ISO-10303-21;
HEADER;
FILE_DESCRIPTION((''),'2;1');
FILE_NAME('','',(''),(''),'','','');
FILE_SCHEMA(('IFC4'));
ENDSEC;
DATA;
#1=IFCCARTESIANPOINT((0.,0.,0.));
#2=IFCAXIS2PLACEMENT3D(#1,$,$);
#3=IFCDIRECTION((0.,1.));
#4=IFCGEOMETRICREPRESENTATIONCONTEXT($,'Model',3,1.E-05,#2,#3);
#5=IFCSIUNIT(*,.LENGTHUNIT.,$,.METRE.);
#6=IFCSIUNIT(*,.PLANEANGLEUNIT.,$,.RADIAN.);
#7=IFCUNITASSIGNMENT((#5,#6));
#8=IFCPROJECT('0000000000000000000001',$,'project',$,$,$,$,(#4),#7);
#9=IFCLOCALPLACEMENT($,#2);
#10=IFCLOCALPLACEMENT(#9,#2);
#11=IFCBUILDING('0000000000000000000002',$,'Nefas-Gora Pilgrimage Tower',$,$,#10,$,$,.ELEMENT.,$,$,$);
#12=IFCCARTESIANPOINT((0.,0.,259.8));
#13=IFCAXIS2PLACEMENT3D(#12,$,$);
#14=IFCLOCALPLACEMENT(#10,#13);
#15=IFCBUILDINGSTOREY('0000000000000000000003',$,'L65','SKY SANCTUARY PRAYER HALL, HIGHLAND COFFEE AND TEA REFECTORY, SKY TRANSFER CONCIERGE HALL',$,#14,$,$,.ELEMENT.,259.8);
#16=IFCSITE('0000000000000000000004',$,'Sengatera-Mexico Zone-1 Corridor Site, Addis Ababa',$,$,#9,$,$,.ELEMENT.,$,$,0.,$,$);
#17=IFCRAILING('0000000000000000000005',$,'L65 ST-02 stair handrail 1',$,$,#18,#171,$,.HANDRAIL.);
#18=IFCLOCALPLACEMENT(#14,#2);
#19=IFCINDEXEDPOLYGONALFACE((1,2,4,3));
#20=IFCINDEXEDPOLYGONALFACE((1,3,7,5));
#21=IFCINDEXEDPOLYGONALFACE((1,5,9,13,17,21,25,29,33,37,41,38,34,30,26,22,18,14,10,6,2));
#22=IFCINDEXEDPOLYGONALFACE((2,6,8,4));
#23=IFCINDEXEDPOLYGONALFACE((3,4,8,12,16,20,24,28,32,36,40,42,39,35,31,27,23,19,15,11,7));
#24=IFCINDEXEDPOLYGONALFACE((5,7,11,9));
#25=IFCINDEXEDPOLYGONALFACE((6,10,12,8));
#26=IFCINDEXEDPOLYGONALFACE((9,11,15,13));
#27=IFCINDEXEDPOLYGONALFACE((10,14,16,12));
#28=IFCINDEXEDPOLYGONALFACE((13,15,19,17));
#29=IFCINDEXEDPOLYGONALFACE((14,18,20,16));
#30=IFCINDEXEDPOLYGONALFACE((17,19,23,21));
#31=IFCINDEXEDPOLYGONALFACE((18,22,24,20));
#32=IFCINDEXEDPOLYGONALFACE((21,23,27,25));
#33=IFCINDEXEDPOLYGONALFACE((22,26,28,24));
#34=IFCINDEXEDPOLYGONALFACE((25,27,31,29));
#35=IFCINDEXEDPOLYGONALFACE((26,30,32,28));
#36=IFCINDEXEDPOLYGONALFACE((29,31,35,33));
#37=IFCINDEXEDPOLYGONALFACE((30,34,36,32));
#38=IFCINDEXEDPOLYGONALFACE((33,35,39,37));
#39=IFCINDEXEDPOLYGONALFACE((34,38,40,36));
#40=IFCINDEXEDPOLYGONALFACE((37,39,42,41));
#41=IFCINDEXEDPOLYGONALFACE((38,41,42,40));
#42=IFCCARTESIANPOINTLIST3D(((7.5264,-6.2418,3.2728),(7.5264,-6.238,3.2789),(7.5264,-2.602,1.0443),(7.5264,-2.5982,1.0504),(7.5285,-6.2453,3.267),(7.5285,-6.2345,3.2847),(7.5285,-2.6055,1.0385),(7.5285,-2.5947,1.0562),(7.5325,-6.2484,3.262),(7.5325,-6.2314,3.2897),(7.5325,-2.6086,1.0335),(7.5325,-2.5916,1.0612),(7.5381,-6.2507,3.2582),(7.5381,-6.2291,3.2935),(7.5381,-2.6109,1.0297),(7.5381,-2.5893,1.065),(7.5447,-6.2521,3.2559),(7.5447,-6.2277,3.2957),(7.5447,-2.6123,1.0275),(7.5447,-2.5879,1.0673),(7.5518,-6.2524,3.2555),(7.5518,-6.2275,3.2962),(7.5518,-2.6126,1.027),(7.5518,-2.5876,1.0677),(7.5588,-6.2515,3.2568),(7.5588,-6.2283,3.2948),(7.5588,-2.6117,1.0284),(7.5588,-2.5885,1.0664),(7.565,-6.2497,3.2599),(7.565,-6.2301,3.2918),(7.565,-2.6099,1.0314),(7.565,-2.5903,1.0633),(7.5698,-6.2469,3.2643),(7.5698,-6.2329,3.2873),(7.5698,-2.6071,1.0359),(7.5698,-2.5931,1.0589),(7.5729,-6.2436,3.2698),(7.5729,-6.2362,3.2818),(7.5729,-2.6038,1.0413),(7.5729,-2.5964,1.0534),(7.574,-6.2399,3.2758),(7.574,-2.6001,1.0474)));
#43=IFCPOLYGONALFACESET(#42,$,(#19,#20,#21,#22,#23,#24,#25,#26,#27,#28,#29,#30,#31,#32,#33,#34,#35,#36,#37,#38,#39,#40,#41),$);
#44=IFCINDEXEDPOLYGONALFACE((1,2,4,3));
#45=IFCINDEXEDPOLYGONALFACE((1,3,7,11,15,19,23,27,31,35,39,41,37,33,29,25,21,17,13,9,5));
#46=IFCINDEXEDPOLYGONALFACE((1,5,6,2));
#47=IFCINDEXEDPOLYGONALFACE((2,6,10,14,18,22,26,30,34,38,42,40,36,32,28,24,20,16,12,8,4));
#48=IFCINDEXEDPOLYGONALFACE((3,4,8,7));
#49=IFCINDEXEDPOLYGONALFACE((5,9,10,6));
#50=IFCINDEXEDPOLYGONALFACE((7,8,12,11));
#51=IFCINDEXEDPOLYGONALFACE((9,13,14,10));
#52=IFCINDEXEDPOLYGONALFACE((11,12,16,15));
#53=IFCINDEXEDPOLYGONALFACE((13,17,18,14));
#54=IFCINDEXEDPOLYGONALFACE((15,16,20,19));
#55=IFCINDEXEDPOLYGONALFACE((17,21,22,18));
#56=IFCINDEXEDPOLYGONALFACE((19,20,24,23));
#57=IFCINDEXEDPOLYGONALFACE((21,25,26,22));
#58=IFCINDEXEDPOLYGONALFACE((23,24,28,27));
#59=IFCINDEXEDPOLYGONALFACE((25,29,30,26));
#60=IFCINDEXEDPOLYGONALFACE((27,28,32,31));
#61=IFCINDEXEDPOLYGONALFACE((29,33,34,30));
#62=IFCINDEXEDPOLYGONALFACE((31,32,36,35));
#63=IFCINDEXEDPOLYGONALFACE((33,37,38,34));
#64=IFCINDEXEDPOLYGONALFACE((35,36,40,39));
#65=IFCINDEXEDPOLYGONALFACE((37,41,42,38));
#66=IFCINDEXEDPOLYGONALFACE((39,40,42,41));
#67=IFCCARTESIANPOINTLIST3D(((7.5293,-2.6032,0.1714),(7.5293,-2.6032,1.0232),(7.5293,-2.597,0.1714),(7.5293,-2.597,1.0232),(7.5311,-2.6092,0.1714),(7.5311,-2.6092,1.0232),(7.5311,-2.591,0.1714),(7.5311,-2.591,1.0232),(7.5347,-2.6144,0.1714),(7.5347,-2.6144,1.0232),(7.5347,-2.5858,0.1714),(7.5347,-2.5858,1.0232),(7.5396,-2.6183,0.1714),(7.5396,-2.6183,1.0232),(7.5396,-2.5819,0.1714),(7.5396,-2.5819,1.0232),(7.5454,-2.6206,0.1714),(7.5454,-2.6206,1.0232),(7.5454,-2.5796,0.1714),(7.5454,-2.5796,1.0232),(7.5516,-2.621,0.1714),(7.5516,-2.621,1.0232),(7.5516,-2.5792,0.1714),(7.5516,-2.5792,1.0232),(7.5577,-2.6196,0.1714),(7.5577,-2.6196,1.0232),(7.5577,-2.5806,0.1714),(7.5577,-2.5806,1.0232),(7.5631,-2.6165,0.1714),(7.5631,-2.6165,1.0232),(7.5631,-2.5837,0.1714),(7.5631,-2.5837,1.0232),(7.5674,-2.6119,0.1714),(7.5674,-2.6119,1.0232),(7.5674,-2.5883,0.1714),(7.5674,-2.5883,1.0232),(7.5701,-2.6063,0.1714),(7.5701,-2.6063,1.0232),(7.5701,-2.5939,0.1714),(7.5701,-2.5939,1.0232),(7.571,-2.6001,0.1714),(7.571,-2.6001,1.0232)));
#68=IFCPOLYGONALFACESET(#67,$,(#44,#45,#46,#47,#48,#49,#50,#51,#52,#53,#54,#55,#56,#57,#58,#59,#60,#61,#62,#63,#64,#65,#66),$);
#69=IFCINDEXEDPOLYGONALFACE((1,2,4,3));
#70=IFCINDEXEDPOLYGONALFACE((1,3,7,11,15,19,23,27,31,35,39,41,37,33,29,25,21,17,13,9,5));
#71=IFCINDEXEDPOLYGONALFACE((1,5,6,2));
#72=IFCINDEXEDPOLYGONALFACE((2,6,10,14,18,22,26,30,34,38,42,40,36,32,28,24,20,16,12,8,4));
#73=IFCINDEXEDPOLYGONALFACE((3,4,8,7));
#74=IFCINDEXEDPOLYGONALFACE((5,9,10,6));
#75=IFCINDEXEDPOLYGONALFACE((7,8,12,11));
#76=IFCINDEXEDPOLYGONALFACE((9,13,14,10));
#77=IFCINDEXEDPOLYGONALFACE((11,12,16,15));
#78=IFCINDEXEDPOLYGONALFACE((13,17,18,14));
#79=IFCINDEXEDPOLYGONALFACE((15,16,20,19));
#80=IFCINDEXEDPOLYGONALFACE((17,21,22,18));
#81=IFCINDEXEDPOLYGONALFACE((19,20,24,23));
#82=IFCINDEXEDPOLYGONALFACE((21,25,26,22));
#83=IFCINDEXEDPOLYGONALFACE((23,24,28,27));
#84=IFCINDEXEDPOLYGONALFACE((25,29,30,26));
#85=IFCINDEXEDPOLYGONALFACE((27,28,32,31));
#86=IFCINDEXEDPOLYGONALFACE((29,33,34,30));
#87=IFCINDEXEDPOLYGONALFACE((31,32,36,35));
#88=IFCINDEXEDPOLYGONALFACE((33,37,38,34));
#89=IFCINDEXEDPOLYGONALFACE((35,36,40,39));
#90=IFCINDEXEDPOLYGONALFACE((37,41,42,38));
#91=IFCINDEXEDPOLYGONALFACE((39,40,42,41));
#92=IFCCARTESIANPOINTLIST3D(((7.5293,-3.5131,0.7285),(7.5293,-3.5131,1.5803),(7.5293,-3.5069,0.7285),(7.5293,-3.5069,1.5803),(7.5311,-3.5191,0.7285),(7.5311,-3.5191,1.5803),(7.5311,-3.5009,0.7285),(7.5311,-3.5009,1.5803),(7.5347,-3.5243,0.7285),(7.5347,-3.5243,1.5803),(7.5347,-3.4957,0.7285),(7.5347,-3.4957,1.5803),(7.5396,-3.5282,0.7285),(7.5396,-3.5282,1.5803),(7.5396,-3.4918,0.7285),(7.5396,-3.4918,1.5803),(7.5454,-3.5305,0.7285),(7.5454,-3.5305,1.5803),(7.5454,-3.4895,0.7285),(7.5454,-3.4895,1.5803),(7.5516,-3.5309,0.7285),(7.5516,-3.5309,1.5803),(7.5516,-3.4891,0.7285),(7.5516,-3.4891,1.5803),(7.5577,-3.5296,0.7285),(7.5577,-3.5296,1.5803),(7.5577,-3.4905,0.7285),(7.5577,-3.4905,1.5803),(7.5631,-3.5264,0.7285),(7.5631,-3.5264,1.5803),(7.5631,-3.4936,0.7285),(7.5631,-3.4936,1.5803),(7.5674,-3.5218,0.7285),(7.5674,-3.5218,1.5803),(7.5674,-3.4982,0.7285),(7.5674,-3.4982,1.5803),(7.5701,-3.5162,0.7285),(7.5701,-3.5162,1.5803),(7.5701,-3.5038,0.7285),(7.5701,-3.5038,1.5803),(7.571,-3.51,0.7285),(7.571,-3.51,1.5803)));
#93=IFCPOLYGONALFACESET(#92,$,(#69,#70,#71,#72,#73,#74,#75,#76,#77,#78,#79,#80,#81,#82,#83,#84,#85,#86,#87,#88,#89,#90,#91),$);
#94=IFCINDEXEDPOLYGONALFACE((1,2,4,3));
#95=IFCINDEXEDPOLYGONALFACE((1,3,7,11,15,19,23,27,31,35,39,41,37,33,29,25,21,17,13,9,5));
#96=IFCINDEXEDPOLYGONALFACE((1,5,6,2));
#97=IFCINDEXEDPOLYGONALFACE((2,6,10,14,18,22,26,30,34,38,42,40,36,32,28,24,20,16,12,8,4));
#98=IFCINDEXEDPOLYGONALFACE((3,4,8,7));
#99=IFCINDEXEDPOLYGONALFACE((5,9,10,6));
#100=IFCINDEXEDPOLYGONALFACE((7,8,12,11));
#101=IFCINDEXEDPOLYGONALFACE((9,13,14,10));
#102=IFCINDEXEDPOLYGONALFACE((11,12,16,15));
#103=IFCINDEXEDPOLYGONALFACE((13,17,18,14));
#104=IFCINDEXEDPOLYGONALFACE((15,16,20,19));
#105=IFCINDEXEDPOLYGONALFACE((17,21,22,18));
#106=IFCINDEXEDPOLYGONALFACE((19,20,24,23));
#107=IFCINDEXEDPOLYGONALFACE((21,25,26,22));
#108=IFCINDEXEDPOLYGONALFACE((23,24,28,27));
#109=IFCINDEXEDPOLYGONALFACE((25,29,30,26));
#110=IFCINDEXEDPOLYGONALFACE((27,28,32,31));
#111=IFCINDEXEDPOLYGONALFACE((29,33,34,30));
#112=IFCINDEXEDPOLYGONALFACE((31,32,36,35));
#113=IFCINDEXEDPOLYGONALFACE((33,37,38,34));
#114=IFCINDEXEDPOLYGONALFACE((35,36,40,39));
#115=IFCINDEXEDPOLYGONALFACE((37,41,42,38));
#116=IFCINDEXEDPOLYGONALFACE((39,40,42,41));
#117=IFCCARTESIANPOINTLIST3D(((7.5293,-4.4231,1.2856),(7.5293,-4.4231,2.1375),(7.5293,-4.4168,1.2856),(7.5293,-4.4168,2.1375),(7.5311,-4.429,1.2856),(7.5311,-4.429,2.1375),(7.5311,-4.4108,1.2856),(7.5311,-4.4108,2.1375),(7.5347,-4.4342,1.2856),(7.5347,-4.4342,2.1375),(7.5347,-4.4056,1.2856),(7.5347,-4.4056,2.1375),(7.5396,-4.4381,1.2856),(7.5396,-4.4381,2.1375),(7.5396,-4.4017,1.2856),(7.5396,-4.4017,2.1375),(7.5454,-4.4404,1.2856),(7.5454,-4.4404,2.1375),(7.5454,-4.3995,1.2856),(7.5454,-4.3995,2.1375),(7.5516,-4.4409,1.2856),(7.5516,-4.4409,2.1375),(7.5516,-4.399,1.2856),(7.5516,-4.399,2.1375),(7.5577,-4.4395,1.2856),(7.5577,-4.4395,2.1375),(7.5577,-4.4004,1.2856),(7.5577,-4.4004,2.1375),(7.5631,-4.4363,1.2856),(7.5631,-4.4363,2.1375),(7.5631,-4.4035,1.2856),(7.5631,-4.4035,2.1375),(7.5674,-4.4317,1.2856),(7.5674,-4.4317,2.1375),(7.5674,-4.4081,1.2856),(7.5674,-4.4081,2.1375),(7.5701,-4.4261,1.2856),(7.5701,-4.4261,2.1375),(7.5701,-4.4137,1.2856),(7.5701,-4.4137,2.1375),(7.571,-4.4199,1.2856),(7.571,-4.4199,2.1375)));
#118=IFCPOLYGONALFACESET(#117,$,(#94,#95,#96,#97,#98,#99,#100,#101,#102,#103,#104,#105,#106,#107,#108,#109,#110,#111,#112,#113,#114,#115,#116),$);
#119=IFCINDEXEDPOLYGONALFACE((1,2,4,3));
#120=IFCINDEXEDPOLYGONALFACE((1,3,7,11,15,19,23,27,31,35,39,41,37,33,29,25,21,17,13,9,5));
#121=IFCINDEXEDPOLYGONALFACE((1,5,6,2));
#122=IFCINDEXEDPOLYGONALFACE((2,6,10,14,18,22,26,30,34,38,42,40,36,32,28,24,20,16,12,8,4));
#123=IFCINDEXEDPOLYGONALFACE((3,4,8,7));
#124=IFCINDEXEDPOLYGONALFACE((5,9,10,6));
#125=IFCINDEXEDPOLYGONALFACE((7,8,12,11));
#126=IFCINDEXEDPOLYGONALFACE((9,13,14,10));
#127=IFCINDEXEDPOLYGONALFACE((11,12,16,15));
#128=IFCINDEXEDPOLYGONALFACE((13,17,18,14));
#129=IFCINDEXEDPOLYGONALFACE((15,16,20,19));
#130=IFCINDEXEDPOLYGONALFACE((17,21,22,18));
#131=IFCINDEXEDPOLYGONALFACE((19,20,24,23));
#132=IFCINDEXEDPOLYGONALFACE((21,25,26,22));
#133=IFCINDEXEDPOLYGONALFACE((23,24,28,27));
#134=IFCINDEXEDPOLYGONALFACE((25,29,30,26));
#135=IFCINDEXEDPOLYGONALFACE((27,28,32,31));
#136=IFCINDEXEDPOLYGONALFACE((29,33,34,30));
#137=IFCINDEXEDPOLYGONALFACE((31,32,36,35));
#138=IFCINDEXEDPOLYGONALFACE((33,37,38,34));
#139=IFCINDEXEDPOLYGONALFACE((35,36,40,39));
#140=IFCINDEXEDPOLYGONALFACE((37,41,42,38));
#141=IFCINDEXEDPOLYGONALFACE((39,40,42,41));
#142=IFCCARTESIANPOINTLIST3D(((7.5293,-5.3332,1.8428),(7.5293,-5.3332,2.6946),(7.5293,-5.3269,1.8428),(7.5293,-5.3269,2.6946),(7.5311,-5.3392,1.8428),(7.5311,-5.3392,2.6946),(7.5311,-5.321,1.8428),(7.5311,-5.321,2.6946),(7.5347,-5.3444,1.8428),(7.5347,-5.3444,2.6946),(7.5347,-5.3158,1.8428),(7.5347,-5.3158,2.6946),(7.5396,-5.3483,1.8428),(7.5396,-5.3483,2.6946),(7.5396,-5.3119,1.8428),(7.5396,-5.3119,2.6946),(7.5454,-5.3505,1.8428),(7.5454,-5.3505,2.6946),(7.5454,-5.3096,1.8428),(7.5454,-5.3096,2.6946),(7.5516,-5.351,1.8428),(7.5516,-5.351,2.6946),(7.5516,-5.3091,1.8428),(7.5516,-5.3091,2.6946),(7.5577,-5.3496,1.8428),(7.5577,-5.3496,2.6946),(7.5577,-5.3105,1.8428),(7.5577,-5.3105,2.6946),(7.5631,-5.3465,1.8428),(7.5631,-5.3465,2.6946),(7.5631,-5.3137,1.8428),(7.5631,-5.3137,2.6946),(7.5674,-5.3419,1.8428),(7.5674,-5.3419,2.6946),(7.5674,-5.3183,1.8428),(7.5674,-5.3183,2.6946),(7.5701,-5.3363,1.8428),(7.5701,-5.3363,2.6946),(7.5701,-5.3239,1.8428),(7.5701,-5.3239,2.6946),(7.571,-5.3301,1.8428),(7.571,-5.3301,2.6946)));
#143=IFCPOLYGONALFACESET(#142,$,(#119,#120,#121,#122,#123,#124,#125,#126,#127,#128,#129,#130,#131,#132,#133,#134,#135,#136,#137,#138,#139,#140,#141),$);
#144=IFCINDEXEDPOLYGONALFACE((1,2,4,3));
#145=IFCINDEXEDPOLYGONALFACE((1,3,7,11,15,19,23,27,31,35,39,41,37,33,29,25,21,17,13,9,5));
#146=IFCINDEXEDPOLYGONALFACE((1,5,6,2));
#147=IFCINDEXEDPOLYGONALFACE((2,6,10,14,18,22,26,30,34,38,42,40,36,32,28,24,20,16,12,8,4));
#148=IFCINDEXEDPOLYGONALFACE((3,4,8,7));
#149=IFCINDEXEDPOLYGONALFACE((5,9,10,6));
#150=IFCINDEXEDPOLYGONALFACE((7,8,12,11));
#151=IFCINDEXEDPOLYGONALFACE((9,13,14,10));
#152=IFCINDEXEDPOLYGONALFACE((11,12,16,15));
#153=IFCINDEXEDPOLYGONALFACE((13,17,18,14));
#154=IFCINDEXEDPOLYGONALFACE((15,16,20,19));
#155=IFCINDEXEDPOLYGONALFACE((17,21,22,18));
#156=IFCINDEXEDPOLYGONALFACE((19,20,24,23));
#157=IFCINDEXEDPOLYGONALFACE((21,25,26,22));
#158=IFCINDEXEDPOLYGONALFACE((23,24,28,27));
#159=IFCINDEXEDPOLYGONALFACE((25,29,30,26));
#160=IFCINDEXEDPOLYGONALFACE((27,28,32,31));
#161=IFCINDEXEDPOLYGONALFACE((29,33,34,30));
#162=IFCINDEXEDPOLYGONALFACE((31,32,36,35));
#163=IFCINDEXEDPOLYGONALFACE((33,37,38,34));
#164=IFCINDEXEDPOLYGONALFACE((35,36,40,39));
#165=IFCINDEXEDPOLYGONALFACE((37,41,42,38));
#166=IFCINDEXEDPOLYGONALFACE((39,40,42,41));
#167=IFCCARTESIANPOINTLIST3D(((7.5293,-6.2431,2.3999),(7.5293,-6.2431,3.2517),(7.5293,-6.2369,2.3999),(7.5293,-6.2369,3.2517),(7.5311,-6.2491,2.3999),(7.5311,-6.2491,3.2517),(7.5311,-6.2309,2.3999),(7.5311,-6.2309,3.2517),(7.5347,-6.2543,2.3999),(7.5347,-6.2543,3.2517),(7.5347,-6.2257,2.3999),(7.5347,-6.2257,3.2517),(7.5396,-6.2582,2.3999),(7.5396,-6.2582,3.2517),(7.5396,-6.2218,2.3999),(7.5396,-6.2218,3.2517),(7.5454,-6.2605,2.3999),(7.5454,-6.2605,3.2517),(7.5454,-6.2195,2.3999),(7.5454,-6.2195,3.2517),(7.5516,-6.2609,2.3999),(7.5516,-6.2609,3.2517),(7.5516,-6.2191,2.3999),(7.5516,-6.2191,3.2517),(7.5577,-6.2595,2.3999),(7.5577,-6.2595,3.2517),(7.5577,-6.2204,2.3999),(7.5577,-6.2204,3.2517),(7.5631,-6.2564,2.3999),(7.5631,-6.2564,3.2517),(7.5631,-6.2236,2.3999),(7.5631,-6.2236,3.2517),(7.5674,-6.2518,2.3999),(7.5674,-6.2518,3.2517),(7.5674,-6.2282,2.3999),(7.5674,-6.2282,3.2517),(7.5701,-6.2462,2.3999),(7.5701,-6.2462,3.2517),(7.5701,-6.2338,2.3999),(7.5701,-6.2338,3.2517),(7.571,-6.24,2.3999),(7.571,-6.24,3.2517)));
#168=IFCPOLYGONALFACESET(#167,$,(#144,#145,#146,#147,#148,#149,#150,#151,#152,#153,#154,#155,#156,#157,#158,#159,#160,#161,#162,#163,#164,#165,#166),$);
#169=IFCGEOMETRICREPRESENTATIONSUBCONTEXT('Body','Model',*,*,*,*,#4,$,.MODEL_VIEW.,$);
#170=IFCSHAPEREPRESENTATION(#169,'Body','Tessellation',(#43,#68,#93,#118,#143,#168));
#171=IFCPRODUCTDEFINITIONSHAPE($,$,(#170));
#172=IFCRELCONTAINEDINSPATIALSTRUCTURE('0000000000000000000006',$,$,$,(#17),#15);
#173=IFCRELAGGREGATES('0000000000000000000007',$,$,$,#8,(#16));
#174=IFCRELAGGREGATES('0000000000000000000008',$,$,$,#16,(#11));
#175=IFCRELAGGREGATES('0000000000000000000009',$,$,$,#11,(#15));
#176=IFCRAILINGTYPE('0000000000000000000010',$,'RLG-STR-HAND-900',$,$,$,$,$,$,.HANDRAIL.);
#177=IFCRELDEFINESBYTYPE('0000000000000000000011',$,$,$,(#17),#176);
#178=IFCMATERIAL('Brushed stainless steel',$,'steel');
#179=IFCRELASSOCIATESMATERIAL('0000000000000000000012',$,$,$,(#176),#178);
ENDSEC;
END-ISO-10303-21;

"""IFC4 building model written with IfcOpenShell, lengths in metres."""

from ifc_helpers import new_model, si_unit, direction, frame, origin, origin_2d, place, context, subcontext, project, spatial, circle, extrude, material, type_object, element, save


model = new_model("IFC4")

# Units and contexts
model_context = context("Model", 3, precision=1e-05, world=origin(), true_north=direction((0.0, 1.0)))
body_context = subcontext(model_context, "Body", "Model", "MODEL_VIEW")
ifc_project = project(units=[si_unit("LENGTHUNIT", "METRE"), si_unit("PLANEANGLEUNIT", "RADIAN")], contexts=[model_context])

# Site, building, storey
site_placement = place(None, origin())
site = spatial("IfcSite", under=ifc_project, at=site_placement, Name="Sengatera-Mexico Zone-1 Corridor Site, Addis Ababa", CompositionType="ELEMENT", RefElevation=0.0)
building_placement = place(site_placement, origin())
building = spatial("IfcBuilding", under=site, at=building_placement, Name="Nefas-Gora Pilgrimage Tower", CompositionType="ELEMENT")
storey_placement = place(building_placement, frame((0.0, 0.0, 259.8)))
storey = spatial("IfcBuildingStorey", under=building, at=storey_placement, Name="L65", Description="SKY SANCTUARY PRAYER HALL, HIGHLAND COFFEE AND TEA REFECTORY, SKY TRANSFER CONCIERGE HALL", CompositionType="ELEMENT", Elevation=259.8)

# Railing
ifc_material_1 = material(Name="Brushed stainless steel", Category="steel")
railing_type_1 = type_object("IfcRailingType", Name="RLG-STR-HAND-900", PredefinedType="HANDRAIL", material=ifc_material_1)
railing_1_placement = place(storey_placement, frame((7.55, -2.6001, 0.1714)))
element("IfcRailing", 1, at=railing_1_placement, inside=storey, type_object=railing_type_1, Name="L65 ST-02 stair handrail 1", PredefinedType="HANDRAIL", context=body_context, shape_type="SweptSolid", body=[
    extrude(circle(Radius=0.0239, at=origin_2d()), frame((0.0, 0.0, 0.876), z_axis=(0.0, -0.85285, 0.522156), x_axis=(1.0, 0.0, 0.0)), (0.0, 0.0, 1.0), 4.2678),
    extrude(circle(Radius=0.021, at=origin_2d()), origin(), (0.0, 0.0, 1.0), 0.8518),
    extrude(circle(Radius=0.021, at=origin_2d()), frame((0.0, -0.9099, 0.5571)), (0.0, 0.0, 1.0), 0.8518),
    extrude(circle(Radius=0.021, at=origin_2d()), frame((0.0, -1.8198, 1.1143)), (0.0, 0.0, 1.0), 0.8518),
    extrude(circle(Radius=0.021, at=origin_2d()), frame((0.0, -2.73, 1.6714)), (0.0, 0.0, 1.0), 0.8518),
    extrude(circle(Radius=0.021, at=origin_2d()), frame((0.0, -3.6399, 2.2285)), (0.0, 0.0, 1.0), 0.8518),
])

save(model, "model.ifc")
